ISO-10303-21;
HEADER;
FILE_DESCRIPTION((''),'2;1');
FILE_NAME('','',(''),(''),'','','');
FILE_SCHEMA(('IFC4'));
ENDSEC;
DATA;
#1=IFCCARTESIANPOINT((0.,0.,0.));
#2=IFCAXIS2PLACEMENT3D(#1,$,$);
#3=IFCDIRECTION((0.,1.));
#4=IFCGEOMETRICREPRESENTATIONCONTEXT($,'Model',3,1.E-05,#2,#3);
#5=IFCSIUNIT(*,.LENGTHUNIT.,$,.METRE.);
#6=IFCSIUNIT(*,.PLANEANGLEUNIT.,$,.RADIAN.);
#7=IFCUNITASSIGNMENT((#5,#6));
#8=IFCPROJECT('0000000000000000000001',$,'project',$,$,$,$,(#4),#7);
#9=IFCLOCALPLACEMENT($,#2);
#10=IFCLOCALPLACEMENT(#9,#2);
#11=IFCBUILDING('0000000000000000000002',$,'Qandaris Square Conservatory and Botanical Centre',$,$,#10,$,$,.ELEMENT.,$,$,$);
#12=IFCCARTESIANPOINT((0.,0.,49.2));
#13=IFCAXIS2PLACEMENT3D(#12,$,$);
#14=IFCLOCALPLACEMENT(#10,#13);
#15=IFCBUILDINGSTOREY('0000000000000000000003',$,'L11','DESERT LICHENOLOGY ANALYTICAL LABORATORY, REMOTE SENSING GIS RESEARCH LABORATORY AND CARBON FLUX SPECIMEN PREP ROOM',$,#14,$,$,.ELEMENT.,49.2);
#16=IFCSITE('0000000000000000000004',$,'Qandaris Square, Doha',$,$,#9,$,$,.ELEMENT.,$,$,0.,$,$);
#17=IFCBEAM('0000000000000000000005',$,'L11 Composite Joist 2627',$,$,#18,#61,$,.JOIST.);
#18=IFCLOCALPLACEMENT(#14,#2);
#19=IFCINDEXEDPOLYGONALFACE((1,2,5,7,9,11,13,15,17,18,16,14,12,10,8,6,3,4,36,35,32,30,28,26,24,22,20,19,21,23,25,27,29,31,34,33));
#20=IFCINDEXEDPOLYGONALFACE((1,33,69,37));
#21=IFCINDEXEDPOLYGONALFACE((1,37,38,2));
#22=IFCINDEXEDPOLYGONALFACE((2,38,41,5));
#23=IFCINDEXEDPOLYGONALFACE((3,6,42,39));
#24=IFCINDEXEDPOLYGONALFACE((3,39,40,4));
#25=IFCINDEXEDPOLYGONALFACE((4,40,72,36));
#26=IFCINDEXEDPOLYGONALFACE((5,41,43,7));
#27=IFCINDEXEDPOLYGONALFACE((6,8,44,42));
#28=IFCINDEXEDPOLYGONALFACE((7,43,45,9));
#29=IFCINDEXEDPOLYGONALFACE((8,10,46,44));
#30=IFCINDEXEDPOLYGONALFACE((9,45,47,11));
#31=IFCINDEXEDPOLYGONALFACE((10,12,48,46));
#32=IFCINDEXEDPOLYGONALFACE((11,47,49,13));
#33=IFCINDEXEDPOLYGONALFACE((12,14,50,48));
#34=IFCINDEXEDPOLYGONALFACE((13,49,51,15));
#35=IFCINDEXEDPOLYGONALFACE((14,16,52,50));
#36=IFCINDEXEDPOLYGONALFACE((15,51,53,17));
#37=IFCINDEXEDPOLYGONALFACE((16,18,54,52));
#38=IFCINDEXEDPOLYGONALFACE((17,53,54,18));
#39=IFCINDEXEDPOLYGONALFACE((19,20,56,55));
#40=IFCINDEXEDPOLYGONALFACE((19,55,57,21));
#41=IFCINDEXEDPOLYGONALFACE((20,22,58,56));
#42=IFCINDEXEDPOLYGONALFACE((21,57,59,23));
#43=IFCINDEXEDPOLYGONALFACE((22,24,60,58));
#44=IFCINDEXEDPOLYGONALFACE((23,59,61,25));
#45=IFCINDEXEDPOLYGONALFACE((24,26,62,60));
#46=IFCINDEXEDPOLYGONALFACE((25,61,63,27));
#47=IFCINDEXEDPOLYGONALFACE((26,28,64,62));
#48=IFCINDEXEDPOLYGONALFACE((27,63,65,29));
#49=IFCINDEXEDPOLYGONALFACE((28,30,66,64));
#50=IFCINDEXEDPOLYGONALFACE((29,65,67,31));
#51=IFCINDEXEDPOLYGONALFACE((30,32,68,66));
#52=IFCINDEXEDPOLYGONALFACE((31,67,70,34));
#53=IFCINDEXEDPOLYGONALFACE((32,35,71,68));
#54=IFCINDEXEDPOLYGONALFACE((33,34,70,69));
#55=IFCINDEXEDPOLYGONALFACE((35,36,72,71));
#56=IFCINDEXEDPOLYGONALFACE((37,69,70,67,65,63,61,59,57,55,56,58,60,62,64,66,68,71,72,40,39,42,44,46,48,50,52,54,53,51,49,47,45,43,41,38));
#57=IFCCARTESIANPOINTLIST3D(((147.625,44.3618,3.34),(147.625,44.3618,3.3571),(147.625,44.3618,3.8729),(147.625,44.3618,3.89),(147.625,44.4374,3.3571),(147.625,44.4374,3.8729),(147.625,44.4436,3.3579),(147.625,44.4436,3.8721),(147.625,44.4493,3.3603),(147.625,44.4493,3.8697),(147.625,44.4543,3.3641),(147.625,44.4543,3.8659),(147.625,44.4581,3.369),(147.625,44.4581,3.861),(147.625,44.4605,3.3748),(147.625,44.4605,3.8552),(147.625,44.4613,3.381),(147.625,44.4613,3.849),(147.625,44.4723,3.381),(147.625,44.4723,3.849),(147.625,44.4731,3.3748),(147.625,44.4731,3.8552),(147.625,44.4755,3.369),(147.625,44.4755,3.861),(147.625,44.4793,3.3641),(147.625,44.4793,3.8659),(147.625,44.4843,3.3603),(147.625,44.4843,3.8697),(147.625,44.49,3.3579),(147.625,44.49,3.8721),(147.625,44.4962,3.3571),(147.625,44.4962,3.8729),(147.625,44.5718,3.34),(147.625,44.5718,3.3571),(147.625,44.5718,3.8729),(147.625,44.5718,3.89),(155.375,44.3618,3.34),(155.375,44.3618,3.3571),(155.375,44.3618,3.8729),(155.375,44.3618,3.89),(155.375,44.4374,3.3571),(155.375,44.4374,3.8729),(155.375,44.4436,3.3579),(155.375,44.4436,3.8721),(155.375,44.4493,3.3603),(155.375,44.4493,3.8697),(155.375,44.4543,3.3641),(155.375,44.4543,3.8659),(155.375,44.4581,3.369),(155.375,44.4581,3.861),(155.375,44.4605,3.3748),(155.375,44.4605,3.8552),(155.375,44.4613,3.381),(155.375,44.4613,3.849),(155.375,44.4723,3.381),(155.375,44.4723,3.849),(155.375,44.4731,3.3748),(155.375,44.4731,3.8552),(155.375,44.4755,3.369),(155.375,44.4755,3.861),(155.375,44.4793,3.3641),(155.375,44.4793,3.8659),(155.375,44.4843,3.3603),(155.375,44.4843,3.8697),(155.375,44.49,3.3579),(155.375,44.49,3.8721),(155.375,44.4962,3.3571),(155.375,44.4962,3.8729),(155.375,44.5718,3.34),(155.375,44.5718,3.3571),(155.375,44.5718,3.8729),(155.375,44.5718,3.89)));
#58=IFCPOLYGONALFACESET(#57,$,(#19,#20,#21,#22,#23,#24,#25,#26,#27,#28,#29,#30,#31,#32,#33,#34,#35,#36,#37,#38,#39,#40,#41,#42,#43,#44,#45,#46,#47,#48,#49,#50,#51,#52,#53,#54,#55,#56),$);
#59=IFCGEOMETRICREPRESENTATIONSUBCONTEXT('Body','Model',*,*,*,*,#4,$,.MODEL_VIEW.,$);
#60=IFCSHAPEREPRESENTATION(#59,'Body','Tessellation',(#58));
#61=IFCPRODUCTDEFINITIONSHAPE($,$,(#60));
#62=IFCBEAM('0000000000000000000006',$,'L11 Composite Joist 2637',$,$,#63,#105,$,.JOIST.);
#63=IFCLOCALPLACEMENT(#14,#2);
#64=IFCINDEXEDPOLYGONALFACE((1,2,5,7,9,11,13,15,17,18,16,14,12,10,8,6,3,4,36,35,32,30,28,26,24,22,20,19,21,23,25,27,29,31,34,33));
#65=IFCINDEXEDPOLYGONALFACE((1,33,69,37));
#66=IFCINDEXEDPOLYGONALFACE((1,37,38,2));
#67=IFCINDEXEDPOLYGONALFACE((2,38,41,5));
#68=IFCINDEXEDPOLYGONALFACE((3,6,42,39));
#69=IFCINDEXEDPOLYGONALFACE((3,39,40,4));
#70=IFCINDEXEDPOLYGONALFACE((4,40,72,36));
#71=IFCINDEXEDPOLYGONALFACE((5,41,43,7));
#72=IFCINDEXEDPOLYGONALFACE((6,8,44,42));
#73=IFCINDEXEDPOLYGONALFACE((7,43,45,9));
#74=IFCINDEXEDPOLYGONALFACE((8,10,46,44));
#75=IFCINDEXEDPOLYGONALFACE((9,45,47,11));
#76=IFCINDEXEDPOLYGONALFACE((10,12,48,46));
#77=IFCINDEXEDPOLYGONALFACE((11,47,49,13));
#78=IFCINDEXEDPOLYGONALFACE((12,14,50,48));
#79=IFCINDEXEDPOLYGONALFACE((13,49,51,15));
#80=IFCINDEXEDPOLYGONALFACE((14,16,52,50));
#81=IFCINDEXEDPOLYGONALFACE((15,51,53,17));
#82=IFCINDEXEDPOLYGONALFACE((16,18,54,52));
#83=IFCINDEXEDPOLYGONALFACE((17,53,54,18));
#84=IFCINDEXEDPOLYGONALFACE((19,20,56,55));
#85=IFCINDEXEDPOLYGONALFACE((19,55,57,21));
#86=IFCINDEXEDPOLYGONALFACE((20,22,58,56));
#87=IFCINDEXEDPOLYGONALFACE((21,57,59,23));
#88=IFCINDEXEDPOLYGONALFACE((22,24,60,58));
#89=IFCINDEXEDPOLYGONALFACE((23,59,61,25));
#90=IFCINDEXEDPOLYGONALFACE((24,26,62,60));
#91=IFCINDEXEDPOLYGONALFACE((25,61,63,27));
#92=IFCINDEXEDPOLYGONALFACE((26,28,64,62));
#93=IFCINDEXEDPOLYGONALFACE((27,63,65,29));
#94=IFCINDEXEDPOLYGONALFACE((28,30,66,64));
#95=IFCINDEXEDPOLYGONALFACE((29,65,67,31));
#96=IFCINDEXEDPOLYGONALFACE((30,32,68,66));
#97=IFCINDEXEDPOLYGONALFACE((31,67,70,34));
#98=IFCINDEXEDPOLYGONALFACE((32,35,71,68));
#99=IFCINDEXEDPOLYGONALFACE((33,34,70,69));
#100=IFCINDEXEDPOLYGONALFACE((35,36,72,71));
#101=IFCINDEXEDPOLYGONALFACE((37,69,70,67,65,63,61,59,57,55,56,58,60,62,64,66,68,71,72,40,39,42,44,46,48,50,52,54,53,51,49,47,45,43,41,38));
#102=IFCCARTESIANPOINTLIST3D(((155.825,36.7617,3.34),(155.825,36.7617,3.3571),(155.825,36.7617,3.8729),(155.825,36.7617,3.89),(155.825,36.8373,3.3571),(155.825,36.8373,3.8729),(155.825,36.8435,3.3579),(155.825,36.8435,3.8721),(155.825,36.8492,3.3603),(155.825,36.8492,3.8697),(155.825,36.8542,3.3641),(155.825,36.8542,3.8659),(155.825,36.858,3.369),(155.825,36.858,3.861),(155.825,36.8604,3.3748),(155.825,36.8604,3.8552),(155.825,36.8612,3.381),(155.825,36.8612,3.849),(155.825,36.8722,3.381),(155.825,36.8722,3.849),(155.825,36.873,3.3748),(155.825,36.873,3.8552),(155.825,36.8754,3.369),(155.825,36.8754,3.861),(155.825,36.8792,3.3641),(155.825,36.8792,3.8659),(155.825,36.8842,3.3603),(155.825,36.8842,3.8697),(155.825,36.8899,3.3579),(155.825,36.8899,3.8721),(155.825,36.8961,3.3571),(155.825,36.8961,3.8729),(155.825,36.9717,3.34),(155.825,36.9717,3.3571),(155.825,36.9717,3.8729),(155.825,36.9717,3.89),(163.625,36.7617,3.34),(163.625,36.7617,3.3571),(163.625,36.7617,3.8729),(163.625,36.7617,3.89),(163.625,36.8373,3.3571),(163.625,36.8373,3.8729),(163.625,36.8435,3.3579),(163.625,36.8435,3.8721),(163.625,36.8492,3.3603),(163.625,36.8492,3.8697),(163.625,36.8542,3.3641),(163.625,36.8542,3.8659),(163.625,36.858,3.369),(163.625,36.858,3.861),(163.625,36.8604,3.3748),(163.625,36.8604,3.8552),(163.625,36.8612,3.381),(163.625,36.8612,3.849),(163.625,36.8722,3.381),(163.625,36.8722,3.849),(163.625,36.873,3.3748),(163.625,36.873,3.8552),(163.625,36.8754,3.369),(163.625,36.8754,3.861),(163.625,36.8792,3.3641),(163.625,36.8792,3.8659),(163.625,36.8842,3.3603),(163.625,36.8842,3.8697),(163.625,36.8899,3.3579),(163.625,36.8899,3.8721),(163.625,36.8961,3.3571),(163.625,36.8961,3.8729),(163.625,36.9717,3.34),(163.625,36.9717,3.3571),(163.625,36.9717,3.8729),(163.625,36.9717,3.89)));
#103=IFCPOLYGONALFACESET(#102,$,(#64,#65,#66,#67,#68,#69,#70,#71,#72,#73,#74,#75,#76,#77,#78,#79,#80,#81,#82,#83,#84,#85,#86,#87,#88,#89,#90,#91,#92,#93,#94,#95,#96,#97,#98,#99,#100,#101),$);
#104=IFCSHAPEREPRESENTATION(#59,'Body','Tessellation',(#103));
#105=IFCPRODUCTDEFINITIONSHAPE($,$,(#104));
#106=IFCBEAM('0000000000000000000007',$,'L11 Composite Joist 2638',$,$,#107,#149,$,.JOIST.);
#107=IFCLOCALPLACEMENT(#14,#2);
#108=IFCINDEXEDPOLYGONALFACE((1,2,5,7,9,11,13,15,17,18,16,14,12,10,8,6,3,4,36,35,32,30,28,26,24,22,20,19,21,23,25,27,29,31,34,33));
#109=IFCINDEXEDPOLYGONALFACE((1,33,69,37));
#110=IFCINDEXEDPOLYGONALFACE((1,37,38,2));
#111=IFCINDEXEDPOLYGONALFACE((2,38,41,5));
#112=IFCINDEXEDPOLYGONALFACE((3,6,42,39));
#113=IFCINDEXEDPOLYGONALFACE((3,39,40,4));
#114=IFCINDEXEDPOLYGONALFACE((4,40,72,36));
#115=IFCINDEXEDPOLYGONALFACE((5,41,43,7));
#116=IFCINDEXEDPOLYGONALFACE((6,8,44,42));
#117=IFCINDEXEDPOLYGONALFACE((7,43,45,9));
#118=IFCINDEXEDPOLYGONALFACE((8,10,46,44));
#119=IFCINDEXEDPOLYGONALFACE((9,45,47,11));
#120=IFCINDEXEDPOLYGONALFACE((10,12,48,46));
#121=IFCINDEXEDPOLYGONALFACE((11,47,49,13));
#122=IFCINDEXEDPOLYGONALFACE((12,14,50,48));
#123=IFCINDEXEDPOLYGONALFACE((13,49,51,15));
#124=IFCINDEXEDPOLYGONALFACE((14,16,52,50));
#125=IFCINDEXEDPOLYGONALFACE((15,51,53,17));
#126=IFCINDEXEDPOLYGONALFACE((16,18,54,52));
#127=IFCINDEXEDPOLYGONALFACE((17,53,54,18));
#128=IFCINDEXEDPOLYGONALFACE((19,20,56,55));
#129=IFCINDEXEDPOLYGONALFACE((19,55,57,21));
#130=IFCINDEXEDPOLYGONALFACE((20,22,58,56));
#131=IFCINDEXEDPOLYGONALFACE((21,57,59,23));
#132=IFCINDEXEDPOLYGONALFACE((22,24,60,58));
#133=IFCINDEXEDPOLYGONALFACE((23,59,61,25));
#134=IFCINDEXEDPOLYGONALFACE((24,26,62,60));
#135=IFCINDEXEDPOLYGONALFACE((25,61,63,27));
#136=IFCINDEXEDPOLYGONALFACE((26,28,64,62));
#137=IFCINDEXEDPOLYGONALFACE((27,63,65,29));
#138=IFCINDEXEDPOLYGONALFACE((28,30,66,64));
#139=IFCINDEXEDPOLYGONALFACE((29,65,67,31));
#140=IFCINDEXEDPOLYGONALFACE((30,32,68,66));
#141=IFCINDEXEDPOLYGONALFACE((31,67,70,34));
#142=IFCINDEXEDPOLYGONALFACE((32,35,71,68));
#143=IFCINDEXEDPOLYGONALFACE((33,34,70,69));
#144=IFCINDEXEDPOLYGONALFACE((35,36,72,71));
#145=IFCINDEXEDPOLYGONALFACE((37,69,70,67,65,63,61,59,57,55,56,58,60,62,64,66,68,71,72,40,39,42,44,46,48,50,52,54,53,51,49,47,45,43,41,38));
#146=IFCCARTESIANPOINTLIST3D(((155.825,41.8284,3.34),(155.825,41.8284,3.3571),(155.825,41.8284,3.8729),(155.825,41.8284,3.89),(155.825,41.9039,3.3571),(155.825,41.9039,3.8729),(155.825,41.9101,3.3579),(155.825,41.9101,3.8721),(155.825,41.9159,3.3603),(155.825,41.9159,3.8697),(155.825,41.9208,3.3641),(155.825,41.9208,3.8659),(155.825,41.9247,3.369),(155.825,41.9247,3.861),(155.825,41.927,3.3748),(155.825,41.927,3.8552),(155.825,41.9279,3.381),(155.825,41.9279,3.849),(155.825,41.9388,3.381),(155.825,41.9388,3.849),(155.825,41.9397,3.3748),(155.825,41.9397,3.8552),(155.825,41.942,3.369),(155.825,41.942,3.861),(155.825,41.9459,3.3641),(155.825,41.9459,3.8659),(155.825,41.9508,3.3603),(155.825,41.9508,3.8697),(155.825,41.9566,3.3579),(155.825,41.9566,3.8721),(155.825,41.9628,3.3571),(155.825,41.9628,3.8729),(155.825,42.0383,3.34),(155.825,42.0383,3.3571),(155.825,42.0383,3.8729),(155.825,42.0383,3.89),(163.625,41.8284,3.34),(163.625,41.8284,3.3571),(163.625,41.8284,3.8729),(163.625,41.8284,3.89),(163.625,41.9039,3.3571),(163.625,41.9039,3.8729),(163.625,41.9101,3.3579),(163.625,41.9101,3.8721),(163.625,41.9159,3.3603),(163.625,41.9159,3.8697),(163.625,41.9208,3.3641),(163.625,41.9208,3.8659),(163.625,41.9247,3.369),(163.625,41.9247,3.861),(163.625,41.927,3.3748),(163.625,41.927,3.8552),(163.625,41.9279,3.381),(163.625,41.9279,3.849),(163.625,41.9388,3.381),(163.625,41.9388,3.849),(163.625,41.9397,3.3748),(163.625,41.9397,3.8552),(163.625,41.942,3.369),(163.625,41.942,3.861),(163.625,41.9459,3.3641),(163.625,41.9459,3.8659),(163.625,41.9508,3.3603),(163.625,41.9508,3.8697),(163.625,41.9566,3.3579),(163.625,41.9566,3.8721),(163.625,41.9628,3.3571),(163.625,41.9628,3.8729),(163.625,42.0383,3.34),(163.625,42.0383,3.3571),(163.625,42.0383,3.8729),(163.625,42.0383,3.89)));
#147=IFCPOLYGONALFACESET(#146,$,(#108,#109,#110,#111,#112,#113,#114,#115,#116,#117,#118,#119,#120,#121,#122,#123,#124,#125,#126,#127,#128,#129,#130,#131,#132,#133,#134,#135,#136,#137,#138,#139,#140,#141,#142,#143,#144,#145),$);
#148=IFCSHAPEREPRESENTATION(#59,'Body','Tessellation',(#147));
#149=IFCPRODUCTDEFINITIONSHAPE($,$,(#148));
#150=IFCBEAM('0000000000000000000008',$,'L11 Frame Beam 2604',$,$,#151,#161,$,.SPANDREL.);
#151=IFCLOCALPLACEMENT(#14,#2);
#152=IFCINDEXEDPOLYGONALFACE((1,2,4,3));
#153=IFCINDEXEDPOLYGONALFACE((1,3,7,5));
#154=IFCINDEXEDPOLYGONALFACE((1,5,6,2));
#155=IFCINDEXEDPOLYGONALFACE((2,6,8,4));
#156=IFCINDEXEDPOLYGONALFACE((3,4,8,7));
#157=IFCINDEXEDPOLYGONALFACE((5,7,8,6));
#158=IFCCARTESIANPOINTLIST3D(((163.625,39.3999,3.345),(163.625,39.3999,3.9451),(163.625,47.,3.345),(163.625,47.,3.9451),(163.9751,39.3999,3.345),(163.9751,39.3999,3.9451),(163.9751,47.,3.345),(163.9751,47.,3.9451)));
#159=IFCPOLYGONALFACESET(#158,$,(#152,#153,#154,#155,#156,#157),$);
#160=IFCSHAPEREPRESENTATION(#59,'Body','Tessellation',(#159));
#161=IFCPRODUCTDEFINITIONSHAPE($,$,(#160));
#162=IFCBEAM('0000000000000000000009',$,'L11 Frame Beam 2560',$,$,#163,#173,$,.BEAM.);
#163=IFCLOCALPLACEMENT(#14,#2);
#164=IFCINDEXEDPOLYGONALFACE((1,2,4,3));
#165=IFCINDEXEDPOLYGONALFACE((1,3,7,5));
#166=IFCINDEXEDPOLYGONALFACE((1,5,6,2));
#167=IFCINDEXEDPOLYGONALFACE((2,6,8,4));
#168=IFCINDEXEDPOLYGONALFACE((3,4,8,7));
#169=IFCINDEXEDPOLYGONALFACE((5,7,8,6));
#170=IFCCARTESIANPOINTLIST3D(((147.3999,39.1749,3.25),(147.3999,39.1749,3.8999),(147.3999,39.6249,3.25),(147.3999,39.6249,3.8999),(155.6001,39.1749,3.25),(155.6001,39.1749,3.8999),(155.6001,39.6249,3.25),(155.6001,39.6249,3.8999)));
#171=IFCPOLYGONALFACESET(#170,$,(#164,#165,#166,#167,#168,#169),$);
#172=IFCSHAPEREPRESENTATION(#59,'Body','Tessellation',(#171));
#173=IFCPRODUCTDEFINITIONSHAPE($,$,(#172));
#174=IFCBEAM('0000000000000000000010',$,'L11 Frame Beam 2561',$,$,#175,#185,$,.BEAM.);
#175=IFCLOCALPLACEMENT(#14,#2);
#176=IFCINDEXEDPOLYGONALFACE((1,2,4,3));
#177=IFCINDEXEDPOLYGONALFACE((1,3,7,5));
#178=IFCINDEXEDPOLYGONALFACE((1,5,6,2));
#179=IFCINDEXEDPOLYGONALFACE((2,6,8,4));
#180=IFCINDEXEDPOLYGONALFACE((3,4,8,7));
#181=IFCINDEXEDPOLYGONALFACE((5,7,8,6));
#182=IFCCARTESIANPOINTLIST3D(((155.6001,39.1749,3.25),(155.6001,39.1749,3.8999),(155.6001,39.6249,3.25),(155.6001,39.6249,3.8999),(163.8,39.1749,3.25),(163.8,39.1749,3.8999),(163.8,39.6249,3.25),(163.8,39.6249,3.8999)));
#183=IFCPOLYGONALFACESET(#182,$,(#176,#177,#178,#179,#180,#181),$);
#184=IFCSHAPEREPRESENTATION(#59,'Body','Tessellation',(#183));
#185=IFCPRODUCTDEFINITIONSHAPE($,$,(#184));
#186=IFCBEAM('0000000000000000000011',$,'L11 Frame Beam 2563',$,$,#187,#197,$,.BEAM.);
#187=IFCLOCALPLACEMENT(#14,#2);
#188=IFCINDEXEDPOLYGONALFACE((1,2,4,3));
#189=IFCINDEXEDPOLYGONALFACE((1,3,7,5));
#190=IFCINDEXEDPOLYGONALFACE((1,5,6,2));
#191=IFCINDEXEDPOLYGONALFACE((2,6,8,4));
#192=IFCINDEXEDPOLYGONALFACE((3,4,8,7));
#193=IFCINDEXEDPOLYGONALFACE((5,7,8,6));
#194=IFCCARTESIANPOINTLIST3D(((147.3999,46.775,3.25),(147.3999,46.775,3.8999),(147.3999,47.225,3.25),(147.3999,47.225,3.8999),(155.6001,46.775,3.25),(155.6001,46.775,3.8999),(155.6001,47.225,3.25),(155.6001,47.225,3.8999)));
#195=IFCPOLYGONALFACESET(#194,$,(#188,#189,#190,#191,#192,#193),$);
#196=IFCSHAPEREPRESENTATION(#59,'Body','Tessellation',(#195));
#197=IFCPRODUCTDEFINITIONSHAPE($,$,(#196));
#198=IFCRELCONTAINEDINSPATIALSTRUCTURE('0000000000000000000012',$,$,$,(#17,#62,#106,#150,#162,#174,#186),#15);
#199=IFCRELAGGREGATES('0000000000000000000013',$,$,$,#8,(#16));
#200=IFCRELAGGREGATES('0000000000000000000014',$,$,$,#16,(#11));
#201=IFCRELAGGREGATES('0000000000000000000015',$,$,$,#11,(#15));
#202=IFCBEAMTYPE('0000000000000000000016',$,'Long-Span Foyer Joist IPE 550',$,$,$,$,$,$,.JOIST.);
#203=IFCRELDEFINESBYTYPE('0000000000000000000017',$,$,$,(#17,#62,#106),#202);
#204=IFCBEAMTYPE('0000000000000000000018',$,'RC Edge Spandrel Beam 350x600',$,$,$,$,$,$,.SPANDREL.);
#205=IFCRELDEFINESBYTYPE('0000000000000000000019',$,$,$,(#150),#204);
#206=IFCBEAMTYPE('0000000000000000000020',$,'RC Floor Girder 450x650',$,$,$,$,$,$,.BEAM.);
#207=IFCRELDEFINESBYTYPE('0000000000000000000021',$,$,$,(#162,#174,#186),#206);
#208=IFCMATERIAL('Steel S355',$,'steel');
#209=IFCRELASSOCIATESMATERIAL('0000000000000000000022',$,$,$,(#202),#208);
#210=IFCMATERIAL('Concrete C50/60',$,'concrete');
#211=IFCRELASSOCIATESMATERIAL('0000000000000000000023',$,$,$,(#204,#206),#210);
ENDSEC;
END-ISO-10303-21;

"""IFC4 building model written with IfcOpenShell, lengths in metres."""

from ifc_helpers import new_model, si_unit, direction, frame, origin, origin_2d, place, context, subcontext, project, spatial, rectangle, i_section, extrude, material, material_profile, profile_set, type_object, element, save


model = new_model("IFC4")

# Units and contexts
model_context = context("Model", 3, precision=1e-05, world=origin(), true_north=direction((0.0, 1.0)))
body_context = subcontext(model_context, "Body", "Model", "MODEL_VIEW")
ifc_project = project(units=[si_unit("LENGTHUNIT", "METRE"), si_unit("PLANEANGLEUNIT", "RADIAN")], contexts=[model_context])

# Site, building, storey
site_placement = place(None, origin())
site = spatial("IfcSite", under=ifc_project, at=site_placement, Name="Qandaris Square, Doha", CompositionType="ELEMENT", RefElevation=0.0)
building_placement = place(site_placement, origin())
building = spatial("IfcBuilding", under=site, at=building_placement, Name="Qandaris Square Conservatory and Botanical Centre", CompositionType="ELEMENT")
storey_placement = place(building_placement, frame((0.0, 0.0, 49.2)))
storey = spatial("IfcBuildingStorey", under=building, at=storey_placement, Name="L11", Description="DESERT LICHENOLOGY ANALYTICAL LABORATORY, REMOTE SENSING GIS RESEARCH LABORATORY AND CARBON FLUX SPECIMEN PREP ROOM", CompositionType="ELEMENT", Elevation=49.2)

# Shared definitions
ifc_material_1 = material(Name="Concrete C50/60", Category="concrete")

# Beams
ifc_material_2 = material(Name="Steel S355", Category="steel")
ifc_material_profile_1 = material_profile(ifc_material_2, i_section(OverallWidth=0.21, OverallDepth=0.55, WebThickness=0.011, FlangeThickness=0.0171, FilletRadius=0.0239, at=origin_2d()), Name="IPE 550")
ifc_profile_set_1 = profile_set([ifc_material_profile_1], Name="Steel S355")
beam_type_1 = type_object("IfcBeamType", Name="Long-Span Foyer Joist IPE 550", PredefinedType="JOIST", material=ifc_profile_set_1)
beam_1_placement = place(storey_placement, frame((147.625, 44.4668, 3.615), z_axis=(1.0, 0.0, 0.0), x_axis=(0.0, 1.0, 0.0)))
element("IfcBeam", 1, at=beam_1_placement, inside=storey, type_object=beam_type_1, Name="L11 Composite Joist 2627", PredefinedType="JOIST", context=body_context, shape_type="SweptSolid", body=[
    extrude(i_section(OverallWidth=0.21, OverallDepth=0.55, WebThickness=0.011, FlangeThickness=0.0171, FilletRadius=0.0239, at=origin_2d()), origin(), (0.0, 0.0, 1.0), 7.75),
])
for number, where, z_axis, x_axis, name in (
    (2, (155.825, 36.8667, 3.615), (1.0, 0.0, 0.0), (0.0, 1.0, 0.0), "L11 Composite Joist 2637"),
    (3, (155.825, 41.9333, 3.615), (1.0, 0.0, 0.0), (0.0, 1.0, 0.0), "L11 Composite Joist 2638"),
):
    element("IfcBeam", number, at=place(storey_placement, frame(where, z_axis=z_axis, x_axis=x_axis)), inside=storey, type_object=beam_type_1, Name=name, PredefinedType="JOIST", context=body_context, shape_type="SweptSolid", body=[
        extrude(i_section(OverallWidth=0.21, OverallDepth=0.55, WebThickness=0.011, FlangeThickness=0.0171, FilletRadius=0.0239, at=origin_2d()), origin(), (0.0, 0.0, 1.0), 7.8),
    ])
ifc_material_profile_2 = material_profile(ifc_material_1, rectangle(XDim=0.3501, YDim=0.6001, at=origin_2d()), Name="RC-SP 350x600")
ifc_profile_set_2 = profile_set([ifc_material_profile_2], Name="Concrete C50/60")
beam_type_2 = type_object("IfcBeamType", Name="RC Edge Spandrel Beam 350x600", PredefinedType="SPANDREL", material=ifc_profile_set_2)
beam_2_placement = place(storey_placement, frame((163.8, 39.3999, 3.645), z_axis=(0.0, 1.0, 0.0), x_axis=(-1.0, 0.0, 0.0)))
element("IfcBeam", 4, at=beam_2_placement, inside=storey, type_object=beam_type_2, Name="L11 Frame Beam 2604", PredefinedType="SPANDREL", context=body_context, shape_type="SweptSolid", body=[
    extrude(rectangle(XDim=0.3501, YDim=0.6001, at=origin_2d()), origin(), (0.0, 0.0, 1.0), 7.6001),
])
ifc_material_profile_3 = material_profile(ifc_material_1, rectangle(XDim=0.45, YDim=0.6499, at=origin_2d()), Name="RC-BM 450x650")
ifc_profile_set_3 = profile_set([ifc_material_profile_3], Name="Concrete C50/60")
beam_type_3 = type_object("IfcBeamType", Name="RC Floor Girder 450x650", PredefinedType="BEAM", material=ifc_profile_set_3)
beam_3_placement = place(storey_placement, frame((147.3999, 39.3999, 3.575), z_axis=(1.0, 0.0, 0.0), x_axis=(0.0, 1.0, 0.0)))
element("IfcBeam", 5, at=beam_3_placement, inside=storey, type_object=beam_type_3, Name="L11 Frame Beam 2560", PredefinedType="BEAM", context=body_context, shape_type="SweptSolid", body=[
    extrude(rectangle(XDim=0.45, YDim=0.6499, at=origin_2d()), origin(), (0.0, 0.0, 1.0), 8.2002),
])
beam_4_placement = place(storey_placement, frame((155.6001, 39.3999, 3.575), z_axis=(1.0, 0.0, 0.0), x_axis=(0.0, 1.0, 0.0)))
element("IfcBeam", 6, at=beam_4_placement, inside=storey, type_object=beam_type_3, Name="L11 Frame Beam 2561", PredefinedType="BEAM", context=body_context, shape_type="SweptSolid", body=[
    extrude(rectangle(XDim=0.45, YDim=0.6499, at=origin_2d()), origin(), (0.0, 0.0, 1.0), 8.2),
])
beam_5_placement = place(storey_placement, frame((147.3999, 47.0, 3.575), z_axis=(1.0, 0.0, 0.0), x_axis=(0.0, 1.0, 0.0)))
element("IfcBeam", 7, at=beam_5_placement, inside=storey, type_object=beam_type_3, Name="L11 Frame Beam 2563", PredefinedType="BEAM", context=body_context, shape_type="SweptSolid", body=[
    extrude(rectangle(XDim=0.45, YDim=0.6499, at=origin_2d()), origin(), (0.0, 0.0, 1.0), 8.2002),
])

save(model, "model.ifc")
